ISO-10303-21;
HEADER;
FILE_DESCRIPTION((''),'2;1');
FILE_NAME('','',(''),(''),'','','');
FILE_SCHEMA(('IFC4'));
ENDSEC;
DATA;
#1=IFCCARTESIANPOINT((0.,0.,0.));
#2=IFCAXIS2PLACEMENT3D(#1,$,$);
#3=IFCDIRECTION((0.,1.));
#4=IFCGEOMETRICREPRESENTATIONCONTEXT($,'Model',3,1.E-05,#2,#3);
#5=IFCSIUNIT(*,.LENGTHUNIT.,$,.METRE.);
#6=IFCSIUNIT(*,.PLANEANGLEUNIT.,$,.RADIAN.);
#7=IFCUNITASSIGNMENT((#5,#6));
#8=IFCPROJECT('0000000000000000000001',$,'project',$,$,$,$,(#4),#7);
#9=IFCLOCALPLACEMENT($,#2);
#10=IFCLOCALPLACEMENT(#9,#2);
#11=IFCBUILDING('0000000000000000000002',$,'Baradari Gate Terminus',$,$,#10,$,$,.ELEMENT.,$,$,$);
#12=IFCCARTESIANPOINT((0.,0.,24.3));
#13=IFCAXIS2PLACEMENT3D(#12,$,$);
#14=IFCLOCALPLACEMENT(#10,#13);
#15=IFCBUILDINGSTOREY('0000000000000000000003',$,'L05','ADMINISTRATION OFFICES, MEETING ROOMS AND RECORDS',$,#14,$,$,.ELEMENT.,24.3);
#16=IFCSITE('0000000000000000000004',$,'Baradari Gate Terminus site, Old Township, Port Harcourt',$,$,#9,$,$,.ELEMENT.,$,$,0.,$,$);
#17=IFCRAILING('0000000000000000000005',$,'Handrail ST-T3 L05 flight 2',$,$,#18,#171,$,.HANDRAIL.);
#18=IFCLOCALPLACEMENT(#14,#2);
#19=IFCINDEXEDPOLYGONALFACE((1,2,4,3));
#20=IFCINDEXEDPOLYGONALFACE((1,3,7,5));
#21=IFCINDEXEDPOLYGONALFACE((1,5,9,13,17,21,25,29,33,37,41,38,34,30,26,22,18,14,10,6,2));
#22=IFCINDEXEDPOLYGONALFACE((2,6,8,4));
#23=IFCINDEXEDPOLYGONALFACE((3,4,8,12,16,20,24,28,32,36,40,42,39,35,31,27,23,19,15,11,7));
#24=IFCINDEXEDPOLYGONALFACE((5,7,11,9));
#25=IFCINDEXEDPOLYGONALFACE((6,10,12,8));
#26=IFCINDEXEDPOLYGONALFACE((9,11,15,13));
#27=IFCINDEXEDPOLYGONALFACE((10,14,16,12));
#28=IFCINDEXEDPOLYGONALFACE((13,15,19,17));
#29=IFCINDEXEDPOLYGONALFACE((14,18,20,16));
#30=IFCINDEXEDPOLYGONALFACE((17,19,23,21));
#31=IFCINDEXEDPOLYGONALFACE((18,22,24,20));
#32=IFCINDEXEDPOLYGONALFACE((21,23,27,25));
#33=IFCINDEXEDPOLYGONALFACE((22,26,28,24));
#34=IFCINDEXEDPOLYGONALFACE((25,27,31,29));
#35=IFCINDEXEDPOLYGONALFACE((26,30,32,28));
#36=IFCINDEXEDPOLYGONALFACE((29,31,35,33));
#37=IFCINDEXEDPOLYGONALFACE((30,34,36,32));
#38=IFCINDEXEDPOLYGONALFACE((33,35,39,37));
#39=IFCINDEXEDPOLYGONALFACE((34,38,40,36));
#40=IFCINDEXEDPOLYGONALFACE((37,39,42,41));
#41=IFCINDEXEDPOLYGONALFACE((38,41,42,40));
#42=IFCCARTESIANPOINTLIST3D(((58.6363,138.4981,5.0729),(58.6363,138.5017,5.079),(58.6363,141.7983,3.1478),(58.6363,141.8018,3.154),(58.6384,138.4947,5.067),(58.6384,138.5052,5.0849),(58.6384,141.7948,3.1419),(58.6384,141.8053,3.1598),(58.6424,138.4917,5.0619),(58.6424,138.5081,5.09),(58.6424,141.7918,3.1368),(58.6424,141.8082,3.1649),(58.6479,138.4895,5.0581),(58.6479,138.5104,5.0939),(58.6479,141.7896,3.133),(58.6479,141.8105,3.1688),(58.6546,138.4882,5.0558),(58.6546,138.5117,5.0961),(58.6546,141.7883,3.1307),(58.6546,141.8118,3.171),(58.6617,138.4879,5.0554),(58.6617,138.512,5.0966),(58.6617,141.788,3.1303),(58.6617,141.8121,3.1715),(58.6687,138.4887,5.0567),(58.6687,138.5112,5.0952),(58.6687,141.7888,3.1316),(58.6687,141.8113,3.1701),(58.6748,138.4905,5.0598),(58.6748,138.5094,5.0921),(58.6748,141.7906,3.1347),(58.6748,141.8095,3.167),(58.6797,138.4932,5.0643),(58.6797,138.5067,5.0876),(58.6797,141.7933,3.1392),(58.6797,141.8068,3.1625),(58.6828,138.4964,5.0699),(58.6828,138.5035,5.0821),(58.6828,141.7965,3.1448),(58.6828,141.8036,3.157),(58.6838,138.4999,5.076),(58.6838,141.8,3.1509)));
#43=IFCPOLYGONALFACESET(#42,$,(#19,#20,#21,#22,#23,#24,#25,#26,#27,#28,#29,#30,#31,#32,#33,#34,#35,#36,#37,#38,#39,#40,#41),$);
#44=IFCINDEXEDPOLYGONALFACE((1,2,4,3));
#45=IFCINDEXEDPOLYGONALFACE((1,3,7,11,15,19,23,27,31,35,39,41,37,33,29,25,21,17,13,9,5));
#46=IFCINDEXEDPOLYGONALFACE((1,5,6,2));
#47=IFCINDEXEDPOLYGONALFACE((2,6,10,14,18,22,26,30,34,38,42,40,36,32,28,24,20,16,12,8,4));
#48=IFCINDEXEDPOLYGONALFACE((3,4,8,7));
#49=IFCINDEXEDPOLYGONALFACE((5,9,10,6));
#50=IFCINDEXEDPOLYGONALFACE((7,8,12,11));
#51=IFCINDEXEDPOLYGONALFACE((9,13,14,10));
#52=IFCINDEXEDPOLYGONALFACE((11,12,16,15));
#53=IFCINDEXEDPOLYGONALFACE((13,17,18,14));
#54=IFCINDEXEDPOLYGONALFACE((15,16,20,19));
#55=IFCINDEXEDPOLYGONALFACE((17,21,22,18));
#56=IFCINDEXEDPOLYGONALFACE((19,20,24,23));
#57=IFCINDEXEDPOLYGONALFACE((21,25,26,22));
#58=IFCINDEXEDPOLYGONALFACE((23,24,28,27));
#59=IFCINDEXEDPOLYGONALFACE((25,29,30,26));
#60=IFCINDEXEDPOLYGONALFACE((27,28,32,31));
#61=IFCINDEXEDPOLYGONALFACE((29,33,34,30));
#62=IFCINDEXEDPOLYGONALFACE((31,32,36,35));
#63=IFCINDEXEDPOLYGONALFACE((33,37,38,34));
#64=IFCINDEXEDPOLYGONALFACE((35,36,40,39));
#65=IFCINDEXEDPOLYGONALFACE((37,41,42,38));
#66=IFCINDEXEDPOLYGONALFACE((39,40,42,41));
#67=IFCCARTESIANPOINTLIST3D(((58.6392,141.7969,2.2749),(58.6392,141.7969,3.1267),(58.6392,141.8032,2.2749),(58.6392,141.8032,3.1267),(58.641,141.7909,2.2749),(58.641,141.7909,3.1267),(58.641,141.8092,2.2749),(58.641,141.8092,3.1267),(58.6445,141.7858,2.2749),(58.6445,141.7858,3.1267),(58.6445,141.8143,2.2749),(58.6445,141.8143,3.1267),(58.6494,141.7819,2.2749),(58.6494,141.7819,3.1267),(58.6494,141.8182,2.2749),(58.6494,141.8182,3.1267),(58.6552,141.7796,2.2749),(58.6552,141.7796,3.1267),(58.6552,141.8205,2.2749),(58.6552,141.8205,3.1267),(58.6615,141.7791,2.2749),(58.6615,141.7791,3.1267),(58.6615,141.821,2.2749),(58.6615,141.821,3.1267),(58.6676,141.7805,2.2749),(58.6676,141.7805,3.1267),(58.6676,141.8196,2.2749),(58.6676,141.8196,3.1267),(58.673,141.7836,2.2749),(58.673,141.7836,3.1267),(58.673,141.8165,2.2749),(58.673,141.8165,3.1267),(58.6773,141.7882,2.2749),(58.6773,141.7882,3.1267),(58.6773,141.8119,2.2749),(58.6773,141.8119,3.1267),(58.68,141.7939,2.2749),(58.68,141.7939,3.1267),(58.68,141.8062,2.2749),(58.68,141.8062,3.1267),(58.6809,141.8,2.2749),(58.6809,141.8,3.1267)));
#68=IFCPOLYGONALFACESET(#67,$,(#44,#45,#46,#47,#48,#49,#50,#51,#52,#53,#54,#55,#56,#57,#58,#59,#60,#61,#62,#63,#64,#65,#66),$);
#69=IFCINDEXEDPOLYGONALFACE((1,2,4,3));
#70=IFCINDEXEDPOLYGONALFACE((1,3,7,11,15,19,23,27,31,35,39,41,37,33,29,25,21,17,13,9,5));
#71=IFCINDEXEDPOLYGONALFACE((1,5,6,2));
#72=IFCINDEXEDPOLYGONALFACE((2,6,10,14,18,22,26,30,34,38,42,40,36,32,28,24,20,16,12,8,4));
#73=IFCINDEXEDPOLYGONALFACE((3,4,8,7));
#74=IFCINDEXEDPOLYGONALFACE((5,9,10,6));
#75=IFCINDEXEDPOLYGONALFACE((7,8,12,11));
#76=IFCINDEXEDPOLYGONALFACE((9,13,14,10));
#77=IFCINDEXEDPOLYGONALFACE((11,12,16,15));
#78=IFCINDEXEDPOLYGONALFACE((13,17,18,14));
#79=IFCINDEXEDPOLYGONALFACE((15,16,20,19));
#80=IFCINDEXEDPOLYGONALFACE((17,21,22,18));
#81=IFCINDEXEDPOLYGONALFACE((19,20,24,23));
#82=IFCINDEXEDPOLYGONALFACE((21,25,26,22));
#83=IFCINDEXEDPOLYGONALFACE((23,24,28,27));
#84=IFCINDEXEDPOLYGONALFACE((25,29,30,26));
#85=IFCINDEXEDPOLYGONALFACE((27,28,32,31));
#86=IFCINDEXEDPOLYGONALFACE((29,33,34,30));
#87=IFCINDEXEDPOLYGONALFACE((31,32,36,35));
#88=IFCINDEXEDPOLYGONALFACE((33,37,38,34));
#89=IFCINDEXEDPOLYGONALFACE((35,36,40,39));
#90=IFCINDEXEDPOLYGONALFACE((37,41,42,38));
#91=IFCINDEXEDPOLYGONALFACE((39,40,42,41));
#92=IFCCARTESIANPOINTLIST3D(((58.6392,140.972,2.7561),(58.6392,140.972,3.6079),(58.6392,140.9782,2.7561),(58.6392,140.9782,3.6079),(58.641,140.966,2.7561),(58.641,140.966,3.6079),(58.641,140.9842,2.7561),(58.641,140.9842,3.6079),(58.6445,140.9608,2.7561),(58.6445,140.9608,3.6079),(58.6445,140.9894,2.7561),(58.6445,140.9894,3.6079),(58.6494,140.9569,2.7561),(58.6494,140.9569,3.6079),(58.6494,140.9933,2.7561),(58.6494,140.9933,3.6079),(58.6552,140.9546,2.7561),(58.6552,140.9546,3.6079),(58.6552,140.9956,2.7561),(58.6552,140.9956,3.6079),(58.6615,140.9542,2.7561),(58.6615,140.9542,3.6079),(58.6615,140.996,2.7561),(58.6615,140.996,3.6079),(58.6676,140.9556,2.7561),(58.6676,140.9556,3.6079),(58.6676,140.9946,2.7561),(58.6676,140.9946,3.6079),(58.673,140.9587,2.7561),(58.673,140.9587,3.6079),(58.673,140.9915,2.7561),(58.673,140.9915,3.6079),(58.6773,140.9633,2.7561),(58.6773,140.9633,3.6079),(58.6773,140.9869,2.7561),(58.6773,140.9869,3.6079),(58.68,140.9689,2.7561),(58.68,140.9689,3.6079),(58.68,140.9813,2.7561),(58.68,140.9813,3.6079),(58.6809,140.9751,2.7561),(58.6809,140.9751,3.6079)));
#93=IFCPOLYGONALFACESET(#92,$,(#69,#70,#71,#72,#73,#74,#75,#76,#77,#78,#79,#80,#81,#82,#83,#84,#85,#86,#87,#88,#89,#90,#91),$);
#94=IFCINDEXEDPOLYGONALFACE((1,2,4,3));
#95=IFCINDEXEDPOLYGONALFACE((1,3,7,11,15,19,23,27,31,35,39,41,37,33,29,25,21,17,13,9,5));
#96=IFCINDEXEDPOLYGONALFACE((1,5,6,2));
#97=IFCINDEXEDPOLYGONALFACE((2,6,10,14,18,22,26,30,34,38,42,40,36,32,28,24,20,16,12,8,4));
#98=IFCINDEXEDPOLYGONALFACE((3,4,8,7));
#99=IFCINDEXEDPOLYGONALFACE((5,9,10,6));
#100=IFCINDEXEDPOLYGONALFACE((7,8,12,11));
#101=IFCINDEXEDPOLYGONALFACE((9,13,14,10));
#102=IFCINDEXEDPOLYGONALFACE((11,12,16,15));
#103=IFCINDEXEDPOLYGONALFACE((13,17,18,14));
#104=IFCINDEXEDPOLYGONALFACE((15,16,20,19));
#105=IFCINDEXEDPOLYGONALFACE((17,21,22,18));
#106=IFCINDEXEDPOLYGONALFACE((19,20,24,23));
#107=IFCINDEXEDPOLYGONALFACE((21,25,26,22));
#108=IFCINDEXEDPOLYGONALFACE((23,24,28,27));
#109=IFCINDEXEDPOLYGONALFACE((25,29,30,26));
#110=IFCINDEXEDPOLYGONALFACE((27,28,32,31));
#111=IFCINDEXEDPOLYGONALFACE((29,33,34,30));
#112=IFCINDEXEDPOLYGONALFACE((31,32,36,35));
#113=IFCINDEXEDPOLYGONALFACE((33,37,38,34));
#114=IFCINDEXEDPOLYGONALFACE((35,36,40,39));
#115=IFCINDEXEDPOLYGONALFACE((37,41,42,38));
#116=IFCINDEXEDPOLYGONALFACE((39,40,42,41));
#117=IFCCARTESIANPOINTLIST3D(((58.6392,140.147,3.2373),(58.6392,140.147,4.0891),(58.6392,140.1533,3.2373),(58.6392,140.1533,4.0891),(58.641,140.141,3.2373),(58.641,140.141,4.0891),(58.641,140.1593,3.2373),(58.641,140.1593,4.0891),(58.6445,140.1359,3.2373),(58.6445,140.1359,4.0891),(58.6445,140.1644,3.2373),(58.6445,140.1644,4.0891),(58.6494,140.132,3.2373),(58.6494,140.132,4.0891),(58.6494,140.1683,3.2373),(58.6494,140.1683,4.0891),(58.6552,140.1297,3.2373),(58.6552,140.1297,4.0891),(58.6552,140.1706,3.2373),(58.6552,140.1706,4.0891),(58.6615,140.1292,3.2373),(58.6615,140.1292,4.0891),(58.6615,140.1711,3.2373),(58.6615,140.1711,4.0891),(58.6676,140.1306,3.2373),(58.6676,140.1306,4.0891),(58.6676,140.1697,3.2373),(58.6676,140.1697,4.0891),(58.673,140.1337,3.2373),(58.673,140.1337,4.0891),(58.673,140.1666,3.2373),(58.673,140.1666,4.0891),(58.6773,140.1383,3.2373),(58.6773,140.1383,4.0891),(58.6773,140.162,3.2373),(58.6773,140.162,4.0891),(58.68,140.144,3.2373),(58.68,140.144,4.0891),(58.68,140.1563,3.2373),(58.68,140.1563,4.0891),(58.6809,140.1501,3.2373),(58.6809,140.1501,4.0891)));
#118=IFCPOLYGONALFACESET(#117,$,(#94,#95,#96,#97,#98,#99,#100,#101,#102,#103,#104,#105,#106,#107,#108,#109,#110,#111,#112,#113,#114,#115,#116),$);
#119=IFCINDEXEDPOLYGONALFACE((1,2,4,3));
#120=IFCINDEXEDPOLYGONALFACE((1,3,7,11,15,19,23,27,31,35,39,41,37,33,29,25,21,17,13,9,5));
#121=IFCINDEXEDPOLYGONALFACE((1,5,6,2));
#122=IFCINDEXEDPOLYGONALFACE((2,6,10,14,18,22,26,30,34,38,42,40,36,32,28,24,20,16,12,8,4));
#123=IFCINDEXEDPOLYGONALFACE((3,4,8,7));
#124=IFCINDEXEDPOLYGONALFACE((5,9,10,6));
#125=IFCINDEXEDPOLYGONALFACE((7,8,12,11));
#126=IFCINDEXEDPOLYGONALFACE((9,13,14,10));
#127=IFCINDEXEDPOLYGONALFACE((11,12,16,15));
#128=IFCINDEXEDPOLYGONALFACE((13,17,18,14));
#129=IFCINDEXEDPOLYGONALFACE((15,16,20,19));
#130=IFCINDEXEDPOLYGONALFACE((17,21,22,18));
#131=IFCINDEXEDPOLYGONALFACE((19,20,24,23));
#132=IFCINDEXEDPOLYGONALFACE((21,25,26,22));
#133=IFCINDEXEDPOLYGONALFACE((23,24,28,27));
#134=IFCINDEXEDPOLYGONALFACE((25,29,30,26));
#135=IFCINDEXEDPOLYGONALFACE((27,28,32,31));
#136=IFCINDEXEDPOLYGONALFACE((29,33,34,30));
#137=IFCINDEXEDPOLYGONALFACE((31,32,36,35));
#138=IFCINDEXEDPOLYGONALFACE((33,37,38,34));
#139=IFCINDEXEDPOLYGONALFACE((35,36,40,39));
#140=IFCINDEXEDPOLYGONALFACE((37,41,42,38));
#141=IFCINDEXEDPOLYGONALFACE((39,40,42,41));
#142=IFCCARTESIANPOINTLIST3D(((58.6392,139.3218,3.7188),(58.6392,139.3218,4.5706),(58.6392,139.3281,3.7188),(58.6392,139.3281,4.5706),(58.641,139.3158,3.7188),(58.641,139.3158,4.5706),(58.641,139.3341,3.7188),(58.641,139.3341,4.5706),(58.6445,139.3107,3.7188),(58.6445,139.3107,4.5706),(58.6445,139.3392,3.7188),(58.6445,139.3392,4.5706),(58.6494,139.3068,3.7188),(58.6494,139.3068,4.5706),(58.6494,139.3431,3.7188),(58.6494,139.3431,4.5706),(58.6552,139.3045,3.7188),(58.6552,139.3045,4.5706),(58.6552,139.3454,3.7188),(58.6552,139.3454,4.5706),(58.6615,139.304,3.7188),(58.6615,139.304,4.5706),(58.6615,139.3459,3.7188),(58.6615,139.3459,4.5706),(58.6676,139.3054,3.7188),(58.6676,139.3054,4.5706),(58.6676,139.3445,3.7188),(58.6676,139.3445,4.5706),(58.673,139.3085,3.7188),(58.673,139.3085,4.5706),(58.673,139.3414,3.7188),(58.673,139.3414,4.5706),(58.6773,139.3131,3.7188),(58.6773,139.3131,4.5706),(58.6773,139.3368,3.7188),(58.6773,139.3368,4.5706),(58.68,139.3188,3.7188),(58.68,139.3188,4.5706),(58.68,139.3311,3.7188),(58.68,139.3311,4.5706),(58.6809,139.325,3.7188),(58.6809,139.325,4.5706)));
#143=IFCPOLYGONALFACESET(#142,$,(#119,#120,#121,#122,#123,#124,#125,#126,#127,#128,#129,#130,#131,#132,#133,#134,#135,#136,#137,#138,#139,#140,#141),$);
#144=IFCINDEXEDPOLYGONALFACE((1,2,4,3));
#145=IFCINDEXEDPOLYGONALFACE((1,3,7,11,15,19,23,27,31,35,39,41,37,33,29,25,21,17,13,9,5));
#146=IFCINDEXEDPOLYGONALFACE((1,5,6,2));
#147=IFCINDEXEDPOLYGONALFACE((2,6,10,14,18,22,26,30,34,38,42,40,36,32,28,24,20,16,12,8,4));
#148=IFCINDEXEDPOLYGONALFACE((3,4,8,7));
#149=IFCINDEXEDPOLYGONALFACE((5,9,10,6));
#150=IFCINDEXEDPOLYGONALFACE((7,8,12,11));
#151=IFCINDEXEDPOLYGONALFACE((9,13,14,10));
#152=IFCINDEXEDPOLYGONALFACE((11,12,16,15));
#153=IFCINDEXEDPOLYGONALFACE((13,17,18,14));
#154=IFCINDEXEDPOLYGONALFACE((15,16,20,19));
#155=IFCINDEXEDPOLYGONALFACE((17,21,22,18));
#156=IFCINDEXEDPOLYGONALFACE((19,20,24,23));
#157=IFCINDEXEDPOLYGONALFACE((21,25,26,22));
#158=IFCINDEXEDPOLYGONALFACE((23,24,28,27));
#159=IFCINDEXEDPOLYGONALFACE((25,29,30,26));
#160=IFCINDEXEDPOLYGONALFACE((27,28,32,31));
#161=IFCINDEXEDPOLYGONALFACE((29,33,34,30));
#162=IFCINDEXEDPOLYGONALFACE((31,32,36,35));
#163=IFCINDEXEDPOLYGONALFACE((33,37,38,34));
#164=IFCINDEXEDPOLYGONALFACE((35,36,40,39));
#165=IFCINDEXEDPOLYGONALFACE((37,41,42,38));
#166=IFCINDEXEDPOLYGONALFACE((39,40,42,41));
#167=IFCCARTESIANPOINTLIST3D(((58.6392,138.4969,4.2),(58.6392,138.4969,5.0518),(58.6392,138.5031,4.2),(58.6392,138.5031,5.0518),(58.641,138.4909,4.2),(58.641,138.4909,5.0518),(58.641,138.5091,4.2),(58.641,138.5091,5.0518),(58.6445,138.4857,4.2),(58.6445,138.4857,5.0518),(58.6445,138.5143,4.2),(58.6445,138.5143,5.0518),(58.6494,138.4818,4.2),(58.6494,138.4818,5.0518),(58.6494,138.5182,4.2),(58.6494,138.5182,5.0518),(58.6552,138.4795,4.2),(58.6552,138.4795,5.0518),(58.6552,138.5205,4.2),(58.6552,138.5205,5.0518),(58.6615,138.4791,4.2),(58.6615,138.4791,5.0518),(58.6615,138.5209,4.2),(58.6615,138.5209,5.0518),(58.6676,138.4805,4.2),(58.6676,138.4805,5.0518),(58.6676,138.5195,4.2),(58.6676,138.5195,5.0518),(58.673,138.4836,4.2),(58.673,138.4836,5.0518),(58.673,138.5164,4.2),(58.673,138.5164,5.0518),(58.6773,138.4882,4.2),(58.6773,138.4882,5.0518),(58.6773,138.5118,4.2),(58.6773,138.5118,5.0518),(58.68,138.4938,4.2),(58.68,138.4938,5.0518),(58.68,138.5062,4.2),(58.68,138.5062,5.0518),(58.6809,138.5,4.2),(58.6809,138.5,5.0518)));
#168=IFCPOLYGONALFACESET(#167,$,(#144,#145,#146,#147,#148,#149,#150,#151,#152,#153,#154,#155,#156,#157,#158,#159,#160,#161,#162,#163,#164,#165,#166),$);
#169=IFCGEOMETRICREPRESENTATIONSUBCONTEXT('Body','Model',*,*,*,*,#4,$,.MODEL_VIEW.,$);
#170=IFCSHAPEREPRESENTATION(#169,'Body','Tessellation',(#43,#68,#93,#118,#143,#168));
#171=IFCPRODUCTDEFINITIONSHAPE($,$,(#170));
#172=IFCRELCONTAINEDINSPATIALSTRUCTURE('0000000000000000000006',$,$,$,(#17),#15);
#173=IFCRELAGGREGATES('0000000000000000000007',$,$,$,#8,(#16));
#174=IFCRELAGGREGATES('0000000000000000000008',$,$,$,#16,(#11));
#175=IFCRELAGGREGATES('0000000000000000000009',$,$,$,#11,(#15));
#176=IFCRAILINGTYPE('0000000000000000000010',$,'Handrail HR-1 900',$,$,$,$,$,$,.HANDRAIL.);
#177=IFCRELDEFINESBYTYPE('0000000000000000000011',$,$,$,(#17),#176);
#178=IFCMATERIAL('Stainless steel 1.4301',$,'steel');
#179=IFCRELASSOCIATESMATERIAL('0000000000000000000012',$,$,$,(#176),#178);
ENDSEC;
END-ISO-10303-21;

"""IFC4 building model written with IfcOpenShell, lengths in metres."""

from ifc_helpers import new_model, si_unit, direction, frame, origin, origin_2d, place, context, subcontext, project, spatial, circle, extrude, material, type_object, element, save


model = new_model("IFC4")

# Units and contexts
model_context = context("Model", 3, precision=1e-05, world=origin(), true_north=direction((0.0, 1.0)))
body_context = subcontext(model_context, "Body", "Model", "MODEL_VIEW")
ifc_project = project(units=[si_unit("LENGTHUNIT", "METRE"), si_unit("PLANEANGLEUNIT", "RADIAN")], contexts=[model_context])

# Site, building, storey
site_placement = place(None, origin())
site = spatial("IfcSite", under=ifc_project, at=site_placement, Name="Baradari Gate Terminus site, Old Township, Port Harcourt", CompositionType="ELEMENT", RefElevation=0.0)
building_placement = place(site_placement, origin())
building = spatial("IfcBuilding", under=site, at=building_placement, Name="Baradari Gate Terminus", CompositionType="ELEMENT")
storey_placement = place(building_placement, frame((0.0, 0.0, 24.3)))
storey = spatial("IfcBuildingStorey", under=building, at=storey_placement, Name="L05", Description="ADMINISTRATION OFFICES, MEETING ROOMS AND RECORDS", CompositionType="ELEMENT", Elevation=24.3)

# Railing
ifc_material_1 = material(Name="Stainless steel 1.4301", Category="steel")
railing_type = type_object("IfcRailingType", Name="Handrail HR-1 900", PredefinedType="HANDRAIL", material=ifc_material_1)
for number, where, name in (
    (1, (58.6599, 141.8, 2.2749), "Handrail ST-T3 L05 flight 2"),
):
    element("IfcRailing", number, at=place(storey_placement, frame(where)), inside=storey, type_object=railing_type, Name=name, PredefinedType="HANDRAIL", context=body_context, shape_type="SweptSolid", body=[
        extrude(circle(Radius=0.0239, at=origin_2d()), frame((0.0, 0.0, 0.876), z_axis=(0.0, -0.863777, 0.503875), x_axis=(1.0, 0.0, 0.0)), (0.0, 0.0, 1.0), 3.8206),
        extrude(circle(Radius=0.021, at=origin_2d()), origin(), (0.0, 0.0, 1.0), 0.8518),
        extrude(circle(Radius=0.021, at=origin_2d()), frame((0.0, -0.825, 0.4812)), (0.0, 0.0, 1.0), 0.8518),
        extrude(circle(Radius=0.021, at=origin_2d()), frame((0.0, -1.6499, 0.9624)), (0.0, 0.0, 1.0), 0.8518),
        extrude(circle(Radius=0.021, at=origin_2d()), frame((0.0, -2.4751, 1.4438)), (0.0, 0.0, 1.0), 0.8518),
        extrude(circle(Radius=0.021, at=origin_2d()), frame((0.0, -3.3, 1.925)), (0.0, 0.0, 1.0), 0.8518),
    ])

save(model, "model.ifc")
